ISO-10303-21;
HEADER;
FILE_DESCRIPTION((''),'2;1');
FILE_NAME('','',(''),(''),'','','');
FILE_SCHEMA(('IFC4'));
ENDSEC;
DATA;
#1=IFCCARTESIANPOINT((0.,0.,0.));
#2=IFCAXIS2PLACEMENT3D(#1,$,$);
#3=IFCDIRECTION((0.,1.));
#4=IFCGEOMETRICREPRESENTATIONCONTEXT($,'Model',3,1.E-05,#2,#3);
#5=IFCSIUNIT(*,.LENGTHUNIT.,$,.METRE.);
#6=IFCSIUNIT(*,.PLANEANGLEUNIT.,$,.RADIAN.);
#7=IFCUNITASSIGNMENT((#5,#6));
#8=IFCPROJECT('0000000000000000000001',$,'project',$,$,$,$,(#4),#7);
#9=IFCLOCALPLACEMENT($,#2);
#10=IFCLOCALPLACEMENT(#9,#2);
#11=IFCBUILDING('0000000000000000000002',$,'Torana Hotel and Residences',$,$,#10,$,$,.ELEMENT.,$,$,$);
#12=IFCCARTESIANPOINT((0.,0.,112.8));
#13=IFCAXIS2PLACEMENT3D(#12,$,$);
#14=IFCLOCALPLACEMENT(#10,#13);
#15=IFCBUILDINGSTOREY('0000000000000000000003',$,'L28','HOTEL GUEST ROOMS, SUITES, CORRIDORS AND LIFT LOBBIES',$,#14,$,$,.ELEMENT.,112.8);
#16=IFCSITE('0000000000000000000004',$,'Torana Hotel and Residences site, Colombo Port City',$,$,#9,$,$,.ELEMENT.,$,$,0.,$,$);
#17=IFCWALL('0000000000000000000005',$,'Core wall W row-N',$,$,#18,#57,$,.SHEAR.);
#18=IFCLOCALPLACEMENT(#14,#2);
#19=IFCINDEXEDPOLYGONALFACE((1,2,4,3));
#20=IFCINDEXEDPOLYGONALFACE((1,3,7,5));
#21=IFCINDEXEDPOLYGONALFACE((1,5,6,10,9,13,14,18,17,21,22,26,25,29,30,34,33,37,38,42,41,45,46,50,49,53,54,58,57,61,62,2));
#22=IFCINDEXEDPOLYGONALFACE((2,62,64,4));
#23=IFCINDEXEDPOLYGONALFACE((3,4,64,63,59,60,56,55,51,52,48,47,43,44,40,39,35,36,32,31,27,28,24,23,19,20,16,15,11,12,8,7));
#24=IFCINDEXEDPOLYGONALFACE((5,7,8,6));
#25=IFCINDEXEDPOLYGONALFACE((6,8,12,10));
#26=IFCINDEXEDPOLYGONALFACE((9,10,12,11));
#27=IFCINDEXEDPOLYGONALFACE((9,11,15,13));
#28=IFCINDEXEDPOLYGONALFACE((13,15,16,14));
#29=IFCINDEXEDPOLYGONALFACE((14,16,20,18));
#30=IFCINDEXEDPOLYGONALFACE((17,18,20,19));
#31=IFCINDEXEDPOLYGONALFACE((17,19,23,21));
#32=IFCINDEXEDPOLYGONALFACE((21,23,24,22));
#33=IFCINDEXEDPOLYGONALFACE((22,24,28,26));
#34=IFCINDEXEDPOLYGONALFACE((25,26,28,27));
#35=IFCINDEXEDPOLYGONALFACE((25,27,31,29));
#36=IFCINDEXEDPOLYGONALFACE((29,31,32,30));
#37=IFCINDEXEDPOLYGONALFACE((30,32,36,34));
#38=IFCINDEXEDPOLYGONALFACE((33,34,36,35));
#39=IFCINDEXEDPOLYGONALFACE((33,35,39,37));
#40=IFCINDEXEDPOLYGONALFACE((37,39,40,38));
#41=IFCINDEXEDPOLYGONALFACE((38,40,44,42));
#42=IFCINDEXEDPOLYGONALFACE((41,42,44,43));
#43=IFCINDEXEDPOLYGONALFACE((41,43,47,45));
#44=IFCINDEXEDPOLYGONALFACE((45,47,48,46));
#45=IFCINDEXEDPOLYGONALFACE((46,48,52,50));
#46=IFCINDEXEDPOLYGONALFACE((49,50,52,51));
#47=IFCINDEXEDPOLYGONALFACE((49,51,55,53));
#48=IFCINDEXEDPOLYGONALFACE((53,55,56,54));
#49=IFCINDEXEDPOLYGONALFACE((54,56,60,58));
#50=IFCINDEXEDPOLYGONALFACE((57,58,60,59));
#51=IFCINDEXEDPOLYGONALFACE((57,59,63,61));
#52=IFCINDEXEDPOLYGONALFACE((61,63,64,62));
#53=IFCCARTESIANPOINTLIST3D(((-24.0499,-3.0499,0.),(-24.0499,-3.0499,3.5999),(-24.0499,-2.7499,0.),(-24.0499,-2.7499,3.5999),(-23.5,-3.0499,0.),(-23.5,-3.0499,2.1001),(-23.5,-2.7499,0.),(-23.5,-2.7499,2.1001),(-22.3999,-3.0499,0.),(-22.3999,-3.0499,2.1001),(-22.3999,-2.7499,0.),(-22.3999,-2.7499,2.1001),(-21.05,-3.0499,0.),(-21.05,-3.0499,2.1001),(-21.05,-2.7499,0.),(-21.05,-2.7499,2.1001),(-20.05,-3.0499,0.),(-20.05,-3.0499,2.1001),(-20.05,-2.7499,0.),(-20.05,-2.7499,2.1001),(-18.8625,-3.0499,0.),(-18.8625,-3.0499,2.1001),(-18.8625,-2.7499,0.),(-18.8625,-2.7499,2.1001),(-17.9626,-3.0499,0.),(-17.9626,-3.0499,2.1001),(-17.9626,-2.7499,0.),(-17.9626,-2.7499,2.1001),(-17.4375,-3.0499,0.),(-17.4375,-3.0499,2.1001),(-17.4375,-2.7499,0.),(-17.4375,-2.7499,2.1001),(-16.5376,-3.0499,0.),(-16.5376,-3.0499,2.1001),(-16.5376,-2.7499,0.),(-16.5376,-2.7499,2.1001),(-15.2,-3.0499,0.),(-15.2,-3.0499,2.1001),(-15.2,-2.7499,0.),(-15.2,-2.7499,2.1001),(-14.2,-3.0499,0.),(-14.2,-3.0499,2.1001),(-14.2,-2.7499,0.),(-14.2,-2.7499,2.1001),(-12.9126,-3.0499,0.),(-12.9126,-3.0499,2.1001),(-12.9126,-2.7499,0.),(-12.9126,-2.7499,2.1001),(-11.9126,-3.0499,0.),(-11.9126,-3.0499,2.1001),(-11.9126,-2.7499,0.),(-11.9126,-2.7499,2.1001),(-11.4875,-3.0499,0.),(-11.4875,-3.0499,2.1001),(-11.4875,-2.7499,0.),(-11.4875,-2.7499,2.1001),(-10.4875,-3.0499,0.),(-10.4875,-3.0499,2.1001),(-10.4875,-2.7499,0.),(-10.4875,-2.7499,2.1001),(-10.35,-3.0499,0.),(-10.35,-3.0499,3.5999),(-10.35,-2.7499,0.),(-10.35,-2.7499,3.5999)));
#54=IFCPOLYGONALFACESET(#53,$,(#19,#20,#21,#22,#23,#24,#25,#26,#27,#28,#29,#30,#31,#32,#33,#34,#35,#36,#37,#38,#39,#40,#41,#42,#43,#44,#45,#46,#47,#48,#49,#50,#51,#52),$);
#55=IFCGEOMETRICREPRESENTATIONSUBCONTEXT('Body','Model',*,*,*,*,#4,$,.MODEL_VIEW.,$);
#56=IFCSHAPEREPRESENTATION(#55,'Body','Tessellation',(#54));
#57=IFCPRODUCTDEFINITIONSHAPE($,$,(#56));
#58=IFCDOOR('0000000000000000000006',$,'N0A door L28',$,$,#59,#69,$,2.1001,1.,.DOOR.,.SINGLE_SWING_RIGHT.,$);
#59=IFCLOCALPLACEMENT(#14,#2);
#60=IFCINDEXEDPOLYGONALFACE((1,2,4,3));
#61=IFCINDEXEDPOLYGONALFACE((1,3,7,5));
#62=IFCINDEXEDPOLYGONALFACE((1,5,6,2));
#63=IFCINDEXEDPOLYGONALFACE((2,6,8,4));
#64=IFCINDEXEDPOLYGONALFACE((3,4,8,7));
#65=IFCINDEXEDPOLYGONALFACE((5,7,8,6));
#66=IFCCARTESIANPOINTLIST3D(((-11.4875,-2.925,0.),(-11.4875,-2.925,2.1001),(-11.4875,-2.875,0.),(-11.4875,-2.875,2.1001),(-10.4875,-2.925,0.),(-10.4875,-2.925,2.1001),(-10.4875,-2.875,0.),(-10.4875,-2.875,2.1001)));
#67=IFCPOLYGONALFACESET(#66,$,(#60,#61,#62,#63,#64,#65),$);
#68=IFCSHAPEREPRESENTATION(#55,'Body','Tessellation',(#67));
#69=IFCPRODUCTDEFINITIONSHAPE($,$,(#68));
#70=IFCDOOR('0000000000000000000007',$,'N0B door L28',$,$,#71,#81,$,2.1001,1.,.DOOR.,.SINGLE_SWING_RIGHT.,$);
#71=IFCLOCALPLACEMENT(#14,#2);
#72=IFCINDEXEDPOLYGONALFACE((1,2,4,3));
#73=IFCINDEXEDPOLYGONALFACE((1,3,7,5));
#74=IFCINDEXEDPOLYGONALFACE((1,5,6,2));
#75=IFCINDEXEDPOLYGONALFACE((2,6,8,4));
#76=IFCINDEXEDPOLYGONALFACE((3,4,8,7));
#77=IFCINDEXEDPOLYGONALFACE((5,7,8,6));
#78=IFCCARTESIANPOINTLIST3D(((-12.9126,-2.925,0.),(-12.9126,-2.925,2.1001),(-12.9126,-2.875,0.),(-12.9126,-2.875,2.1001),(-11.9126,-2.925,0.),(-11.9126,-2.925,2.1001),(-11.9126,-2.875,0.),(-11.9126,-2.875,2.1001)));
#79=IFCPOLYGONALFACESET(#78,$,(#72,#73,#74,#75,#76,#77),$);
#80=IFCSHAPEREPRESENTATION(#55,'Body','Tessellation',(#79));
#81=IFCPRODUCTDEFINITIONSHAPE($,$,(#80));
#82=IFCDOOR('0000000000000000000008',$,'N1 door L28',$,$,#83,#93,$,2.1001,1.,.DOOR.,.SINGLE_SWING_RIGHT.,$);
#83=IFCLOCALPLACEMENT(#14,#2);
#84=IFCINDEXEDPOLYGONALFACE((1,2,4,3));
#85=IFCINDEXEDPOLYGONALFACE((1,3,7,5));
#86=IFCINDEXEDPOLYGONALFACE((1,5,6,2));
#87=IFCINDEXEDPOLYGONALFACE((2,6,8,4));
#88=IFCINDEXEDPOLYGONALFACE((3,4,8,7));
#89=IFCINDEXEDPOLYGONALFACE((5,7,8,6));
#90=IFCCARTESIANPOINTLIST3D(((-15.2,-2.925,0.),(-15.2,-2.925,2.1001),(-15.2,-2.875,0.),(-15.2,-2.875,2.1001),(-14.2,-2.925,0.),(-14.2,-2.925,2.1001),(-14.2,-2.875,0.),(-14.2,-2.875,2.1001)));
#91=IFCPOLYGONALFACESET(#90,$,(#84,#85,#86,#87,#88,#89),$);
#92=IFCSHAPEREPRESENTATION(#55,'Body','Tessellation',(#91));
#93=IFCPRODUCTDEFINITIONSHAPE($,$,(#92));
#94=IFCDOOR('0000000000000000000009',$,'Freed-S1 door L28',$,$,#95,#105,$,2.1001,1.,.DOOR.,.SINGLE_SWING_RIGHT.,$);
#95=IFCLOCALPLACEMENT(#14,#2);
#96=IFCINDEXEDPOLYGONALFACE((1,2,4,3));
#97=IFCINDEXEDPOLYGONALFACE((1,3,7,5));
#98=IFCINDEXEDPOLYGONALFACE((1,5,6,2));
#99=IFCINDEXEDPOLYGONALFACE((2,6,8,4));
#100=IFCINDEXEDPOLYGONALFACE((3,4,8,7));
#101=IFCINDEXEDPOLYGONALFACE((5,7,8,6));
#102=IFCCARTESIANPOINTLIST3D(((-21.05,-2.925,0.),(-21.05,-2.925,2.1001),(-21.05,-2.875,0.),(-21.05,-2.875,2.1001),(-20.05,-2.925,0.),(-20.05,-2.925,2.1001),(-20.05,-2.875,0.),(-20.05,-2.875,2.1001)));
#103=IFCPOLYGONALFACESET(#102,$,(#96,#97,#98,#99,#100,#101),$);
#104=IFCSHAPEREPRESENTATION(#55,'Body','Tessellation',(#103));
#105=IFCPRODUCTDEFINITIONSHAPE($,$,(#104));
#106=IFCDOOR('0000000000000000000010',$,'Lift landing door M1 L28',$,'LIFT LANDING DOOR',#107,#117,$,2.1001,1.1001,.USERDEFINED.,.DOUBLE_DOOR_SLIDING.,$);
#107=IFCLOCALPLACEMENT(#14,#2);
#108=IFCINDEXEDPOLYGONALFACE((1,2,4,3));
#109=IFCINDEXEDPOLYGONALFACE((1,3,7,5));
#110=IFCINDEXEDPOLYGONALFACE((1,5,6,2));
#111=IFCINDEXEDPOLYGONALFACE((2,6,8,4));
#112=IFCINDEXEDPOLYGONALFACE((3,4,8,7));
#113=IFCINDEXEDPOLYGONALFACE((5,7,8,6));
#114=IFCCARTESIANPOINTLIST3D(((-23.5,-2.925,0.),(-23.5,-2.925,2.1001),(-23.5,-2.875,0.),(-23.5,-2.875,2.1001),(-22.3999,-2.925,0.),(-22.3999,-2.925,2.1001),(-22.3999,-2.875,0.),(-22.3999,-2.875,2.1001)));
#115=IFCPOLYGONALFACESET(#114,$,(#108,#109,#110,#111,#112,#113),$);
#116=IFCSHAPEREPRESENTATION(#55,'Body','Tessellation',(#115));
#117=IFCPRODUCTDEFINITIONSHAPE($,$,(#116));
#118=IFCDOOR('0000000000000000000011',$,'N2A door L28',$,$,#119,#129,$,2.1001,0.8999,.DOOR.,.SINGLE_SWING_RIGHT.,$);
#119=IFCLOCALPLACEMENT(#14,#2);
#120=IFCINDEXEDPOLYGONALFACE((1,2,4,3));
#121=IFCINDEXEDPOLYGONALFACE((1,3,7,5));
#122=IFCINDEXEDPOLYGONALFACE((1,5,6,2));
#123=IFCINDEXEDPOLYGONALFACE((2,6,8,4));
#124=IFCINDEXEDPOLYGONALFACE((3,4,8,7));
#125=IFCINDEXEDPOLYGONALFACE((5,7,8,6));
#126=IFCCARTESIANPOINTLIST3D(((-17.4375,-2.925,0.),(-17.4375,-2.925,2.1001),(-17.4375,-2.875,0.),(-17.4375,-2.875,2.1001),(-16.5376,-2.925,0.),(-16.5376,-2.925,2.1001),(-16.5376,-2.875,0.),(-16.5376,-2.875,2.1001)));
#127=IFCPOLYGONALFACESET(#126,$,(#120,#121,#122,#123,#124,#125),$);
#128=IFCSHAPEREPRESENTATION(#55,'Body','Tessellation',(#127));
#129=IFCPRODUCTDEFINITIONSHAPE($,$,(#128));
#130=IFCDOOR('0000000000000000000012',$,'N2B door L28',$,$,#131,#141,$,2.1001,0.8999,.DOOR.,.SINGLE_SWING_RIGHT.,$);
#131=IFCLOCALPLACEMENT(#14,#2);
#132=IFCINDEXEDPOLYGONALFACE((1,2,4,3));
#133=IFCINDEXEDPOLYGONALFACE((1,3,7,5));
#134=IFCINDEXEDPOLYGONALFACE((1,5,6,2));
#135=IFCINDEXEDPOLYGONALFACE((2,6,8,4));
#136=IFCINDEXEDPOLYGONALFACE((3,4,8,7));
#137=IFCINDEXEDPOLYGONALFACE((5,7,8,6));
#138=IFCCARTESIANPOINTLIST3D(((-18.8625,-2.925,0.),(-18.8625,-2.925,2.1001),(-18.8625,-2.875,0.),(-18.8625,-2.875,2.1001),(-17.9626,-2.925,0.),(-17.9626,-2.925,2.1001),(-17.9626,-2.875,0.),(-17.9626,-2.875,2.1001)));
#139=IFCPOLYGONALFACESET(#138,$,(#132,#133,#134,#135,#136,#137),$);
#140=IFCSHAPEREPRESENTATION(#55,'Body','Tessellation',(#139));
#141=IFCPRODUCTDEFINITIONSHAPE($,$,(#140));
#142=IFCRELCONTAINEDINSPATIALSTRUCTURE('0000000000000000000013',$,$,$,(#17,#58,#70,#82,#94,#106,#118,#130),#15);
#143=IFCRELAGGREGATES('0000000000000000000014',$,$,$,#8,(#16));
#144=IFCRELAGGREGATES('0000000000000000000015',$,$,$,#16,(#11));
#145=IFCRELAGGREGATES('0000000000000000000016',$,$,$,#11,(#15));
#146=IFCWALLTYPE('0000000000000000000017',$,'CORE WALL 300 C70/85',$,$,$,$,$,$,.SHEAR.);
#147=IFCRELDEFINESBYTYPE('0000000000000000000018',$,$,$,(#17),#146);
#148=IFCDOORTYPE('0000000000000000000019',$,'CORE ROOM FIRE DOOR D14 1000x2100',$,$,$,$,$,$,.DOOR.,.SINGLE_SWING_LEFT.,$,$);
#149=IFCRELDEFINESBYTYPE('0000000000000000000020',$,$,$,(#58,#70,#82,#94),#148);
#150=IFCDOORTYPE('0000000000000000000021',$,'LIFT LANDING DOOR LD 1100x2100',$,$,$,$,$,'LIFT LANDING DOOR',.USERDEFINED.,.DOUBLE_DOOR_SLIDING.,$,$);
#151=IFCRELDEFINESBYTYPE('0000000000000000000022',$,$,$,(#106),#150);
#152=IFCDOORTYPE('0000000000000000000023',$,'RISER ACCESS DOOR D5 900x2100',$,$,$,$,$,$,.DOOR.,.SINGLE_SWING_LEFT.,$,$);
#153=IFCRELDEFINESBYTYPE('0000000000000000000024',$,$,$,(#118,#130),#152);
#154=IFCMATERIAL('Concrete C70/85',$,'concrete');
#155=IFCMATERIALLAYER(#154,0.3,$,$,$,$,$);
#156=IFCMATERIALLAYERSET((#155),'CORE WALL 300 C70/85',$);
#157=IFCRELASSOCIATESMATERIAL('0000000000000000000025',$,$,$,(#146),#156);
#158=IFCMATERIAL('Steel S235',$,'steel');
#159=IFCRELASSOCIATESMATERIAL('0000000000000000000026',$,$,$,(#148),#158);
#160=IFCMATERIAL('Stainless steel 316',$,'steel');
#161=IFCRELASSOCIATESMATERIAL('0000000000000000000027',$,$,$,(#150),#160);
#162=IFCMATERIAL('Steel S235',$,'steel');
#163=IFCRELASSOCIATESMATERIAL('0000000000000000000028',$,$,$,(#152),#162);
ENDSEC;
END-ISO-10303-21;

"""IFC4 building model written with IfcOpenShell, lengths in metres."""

from ifc_helpers import new_model, si_unit, direction, frame, frame_2d, origin, place, context, subcontext, project, spatial, rectangle, extrude, material, layer, layer_set, type_object, element, fill, save


model = new_model("IFC4")

# Units and contexts
model_context = context("Model", 3, precision=1e-05, world=origin(), true_north=direction((0.0, 1.0)))
body_context = subcontext(model_context, "Body", "Model", "MODEL_VIEW")
ifc_project = project(units=[si_unit("LENGTHUNIT", "METRE"), si_unit("PLANEANGLEUNIT", "RADIAN")], contexts=[model_context])

# Site, building, storey
site_placement = place(None, origin())
site = spatial("IfcSite", under=ifc_project, at=site_placement, Name="Torana Hotel and Residences site, Colombo Port City", CompositionType="ELEMENT", RefElevation=0.0)
building_placement = place(site_placement, origin())
building = spatial("IfcBuilding", under=site, at=building_placement, Name="Torana Hotel and Residences", CompositionType="ELEMENT")
storey_placement = place(building_placement, frame((0.0, 0.0, 112.8)))
storey = spatial("IfcBuildingStorey", under=building, at=storey_placement, Name="L28", Description="HOTEL GUEST ROOMS, SUITES, CORRIDORS AND LIFT LOBBIES", CompositionType="ELEMENT", Elevation=112.8)

# Wall, openings, doors
ifc_material_1 = material(Name="Concrete C70/85", Category="concrete")
ifc_layer_1 = layer(ifc_material_1, 0.3)
ifc_layer_set_1 = layer_set([ifc_layer_1], Name="CORE WALL 300 C70/85")
wall_type_1 = type_object("IfcWallType", Name="CORE WALL 300 C70/85", PredefinedType="SHEAR", material=ifc_layer_set_1)
wall_1_placement = place(storey_placement, frame((-24.05, -2.8999, 0.0), z_axis=(0.0, 0.0, 1.0), x_axis=(1.0, 0.0, 0.0)))
wall_1 = element("IfcWall", 1, at=wall_1_placement, inside=storey, type_object=wall_type_1, Name="Core wall W row-N", PredefinedType="SHEAR", context=body_context, shape_type="SweptSolid", body=[
    extrude(rectangle(XDim=13.7, YDim=0.3, at=frame_2d((6.8501, 0.0))), origin(), (0.0, 0.0, 1.0), 3.5999),
])
opening_1_placement = place(wall_1_placement, frame((0.55, 0.0, 0.0)))
opening_1 = element("IfcOpeningElement", 2, at=opening_1_placement, cuts=wall_1, PredefinedType="OPENING", context=body_context, shape_type="SweptSolid", body=[
    extrude(rectangle(XDim=1.1001, YDim=2.1001, at=frame_2d((0.55, 1.05))), frame((0.0, 0.1599, 0.0), z_axis=(0.0, -1.0, 0.0), x_axis=(1.0, 0.0, 0.0)), (0.0, 0.0, 1.0), 0.3201),
])
opening_2_placement = place(wall_1_placement, frame((6.6125, 0.0, 0.0)))
opening_2 = element("IfcOpeningElement", 3, at=opening_2_placement, cuts=wall_1, PredefinedType="OPENING", context=body_context, shape_type="SweptSolid", body=[
    extrude(rectangle(XDim=0.8999, YDim=2.1001, at=frame_2d((0.45, 1.05))), frame((0.0, 0.1599, 0.0), z_axis=(0.0, -1.0, 0.0), x_axis=(1.0, 0.0, 0.0)), (0.0, 0.0, 1.0), 0.3201),
])
opening_3_placement = place(wall_1_placement, frame((5.1875, 0.0, 0.0)))
opening_3 = element("IfcOpeningElement", 4, at=opening_3_placement, cuts=wall_1, PredefinedType="OPENING", context=body_context, shape_type="SweptSolid", body=[
    extrude(rectangle(XDim=0.8999, YDim=2.1001, at=frame_2d((0.45, 1.05))), frame((0.0, 0.1599, 0.0), z_axis=(0.0, -1.0, 0.0), x_axis=(1.0, 0.0, 0.0)), (0.0, 0.0, 1.0), 0.3201),
])
opening_4_placement = place(wall_1_placement, frame((12.5625, 0.0, 0.0)))
opening_4 = element("IfcOpeningElement", 5, at=opening_4_placement, cuts=wall_1, PredefinedType="OPENING", context=body_context, shape_type="SweptSolid", body=[
    extrude(rectangle(XDim=1.0, YDim=2.1001, at=frame_2d((0.5, 1.05))), frame((0.0, 0.1599, 0.0), z_axis=(0.0, -1.0, 0.0), x_axis=(1.0, 0.0, 0.0)), (0.0, 0.0, 1.0), 0.3201),
])
opening_5_placement = place(wall_1_placement, frame((11.1375, 0.0, 0.0)))
opening_5 = element("IfcOpeningElement", 6, at=opening_5_placement, cuts=wall_1, PredefinedType="OPENING", context=body_context, shape_type="SweptSolid", body=[
    extrude(rectangle(XDim=1.0, YDim=2.1001, at=frame_2d((0.5, 1.05))), frame((0.0, 0.1599, 0.0), z_axis=(0.0, -1.0, 0.0), x_axis=(1.0, 0.0, 0.0)), (0.0, 0.0, 1.0), 0.3201),
])
opening_6_placement = place(wall_1_placement, frame((8.8501, 0.0, 0.0)))
opening_6 = element("IfcOpeningElement", 7, at=opening_6_placement, cuts=wall_1, PredefinedType="OPENING", context=body_context, shape_type="SweptSolid", body=[
    extrude(rectangle(XDim=1.0, YDim=2.1001, at=frame_2d((0.5, 1.05))), frame((0.0, 0.1599, 0.0), z_axis=(0.0, -1.0, 0.0), x_axis=(1.0, 0.0, 0.0)), (0.0, 0.0, 1.0), 0.3201),
])
opening_7_placement = place(wall_1_placement, frame((3.0, 0.0, 0.0)))
opening_7 = element("IfcOpeningElement", 8, at=opening_7_placement, cuts=wall_1, PredefinedType="OPENING", context=body_context, shape_type="SweptSolid", body=[
    extrude(rectangle(XDim=1.0, YDim=2.1001, at=frame_2d((0.5, 1.05))), frame((0.0, 0.1599, 0.0), z_axis=(0.0, -1.0, 0.0), x_axis=(1.0, 0.0, 0.0)), (0.0, 0.0, 1.0), 0.3201),
])
ifc_material_2 = material(Name="Steel S235", Category="steel")
door_type_1 = type_object("IfcDoorType", Name="CORE ROOM FIRE DOOR D14 1000x2100", OperationType="SINGLE_SWING_LEFT", PredefinedType="DOOR", material=ifc_material_2)
door_1_placement = place(opening_4_placement, origin())
door_1 = element("IfcDoor", 9, at=door_1_placement, inside=storey, type_object=door_type_1, Name="N0A door L28", OperationType="SINGLE_SWING_RIGHT", OverallHeight=2.1001, OverallWidth=1.0, PredefinedType="DOOR", context=body_context, shape_type="SweptSolid", body=[
    extrude(rectangle(XDim=1.0, YDim=2.1001, at=frame_2d((0.5, 1.05))), frame((0.0, 0.0249, 0.0), z_axis=(0.0, -1.0, 0.0), x_axis=(1.0, 0.0, 0.0)), (0.0, 0.0, 1.0), 0.05),
])
fill(opening_4, door_1)
door_2_placement = place(opening_5_placement, origin())
door_2 = element("IfcDoor", 10, at=door_2_placement, inside=storey, type_object=door_type_1, Name="N0B door L28", OperationType="SINGLE_SWING_RIGHT", OverallHeight=2.1001, OverallWidth=1.0, PredefinedType="DOOR", context=body_context, shape_type="SweptSolid", body=[
    extrude(rectangle(XDim=1.0, YDim=2.1001, at=frame_2d((0.5, 1.05))), frame((0.0, 0.0249, 0.0), z_axis=(0.0, -1.0, 0.0), x_axis=(1.0, 0.0, 0.0)), (0.0, 0.0, 1.0), 0.05),
])
fill(opening_5, door_2)
door_3_placement = place(opening_6_placement, origin())
door_3 = element("IfcDoor", 11, at=door_3_placement, inside=storey, type_object=door_type_1, Name="N1 door L28", OperationType="SINGLE_SWING_RIGHT", OverallHeight=2.1001, OverallWidth=1.0, PredefinedType="DOOR", context=body_context, shape_type="SweptSolid", body=[
    extrude(rectangle(XDim=1.0, YDim=2.1001, at=frame_2d((0.5, 1.05))), frame((0.0, 0.0249, 0.0), z_axis=(0.0, -1.0, 0.0), x_axis=(1.0, 0.0, 0.0)), (0.0, 0.0, 1.0), 0.05),
])
fill(opening_6, door_3)
door_4_placement = place(opening_7_placement, origin())
door_4 = element("IfcDoor", 12, at=door_4_placement, inside=storey, type_object=door_type_1, Name="Freed-S1 door L28", OperationType="SINGLE_SWING_RIGHT", OverallHeight=2.1001, OverallWidth=1.0, PredefinedType="DOOR", context=body_context, shape_type="SweptSolid", body=[
    extrude(rectangle(XDim=1.0, YDim=2.1001, at=frame_2d((0.5, 1.05))), frame((0.0, 0.0249, 0.0), z_axis=(0.0, -1.0, 0.0), x_axis=(1.0, 0.0, 0.0)), (0.0, 0.0, 1.0), 0.05),
])
fill(opening_7, door_4)
ifc_material_3 = material(Name="Stainless steel 316", Category="steel")
door_type_2 = type_object("IfcDoorType", Name="LIFT LANDING DOOR LD 1100x2100", ElementType="LIFT LANDING DOOR", OperationType="DOUBLE_DOOR_SLIDING", PredefinedType="USERDEFINED", material=ifc_material_3)
door_5_placement = place(opening_1_placement, origin())
door_5 = element("IfcDoor", 13, at=door_5_placement, inside=storey, type_object=door_type_2, Name="Lift landing door M1 L28", ObjectType="LIFT LANDING DOOR", OperationType="DOUBLE_DOOR_SLIDING", OverallHeight=2.1001, OverallWidth=1.1001, PredefinedType="USERDEFINED", context=body_context, shape_type="SweptSolid", body=[
    extrude(rectangle(XDim=1.1001, YDim=2.1001, at=frame_2d((0.55, 1.05))), frame((0.0, 0.0249, 0.0), z_axis=(0.0, -1.0, 0.0), x_axis=(1.0, 0.0, 0.0)), (0.0, 0.0, 1.0), 0.05),
])
fill(opening_1, door_5)
ifc_material_4 = material(Name="Steel S235", Category="steel")
door_type_3 = type_object("IfcDoorType", Name="RISER ACCESS DOOR D5 900x2100", OperationType="SINGLE_SWING_LEFT", PredefinedType="DOOR", material=ifc_material_4)
door_6_placement = place(opening_2_placement, origin())
door_6 = element("IfcDoor", 14, at=door_6_placement, inside=storey, type_object=door_type_3, Name="N2A door L28", OperationType="SINGLE_SWING_RIGHT", OverallHeight=2.1001, OverallWidth=0.8999, PredefinedType="DOOR", context=body_context, shape_type="SweptSolid", body=[
    extrude(rectangle(XDim=0.8999, YDim=2.1001, at=frame_2d((0.45, 1.05))), frame((0.0, 0.0249, 0.0), z_axis=(0.0, -1.0, 0.0), x_axis=(1.0, 0.0, 0.0)), (0.0, 0.0, 1.0), 0.05),
])
fill(opening_2, door_6)
door_7_placement = place(opening_3_placement, origin())
door_7 = element("IfcDoor", 15, at=door_7_placement, inside=storey, type_object=door_type_3, Name="N2B door L28", OperationType="SINGLE_SWING_RIGHT", OverallHeight=2.1001, OverallWidth=0.8999, PredefinedType="DOOR", context=body_context, shape_type="SweptSolid", body=[
    extrude(rectangle(XDim=0.8999, YDim=2.1001, at=frame_2d((0.45, 1.05))), frame((0.0, 0.0249, 0.0), z_axis=(0.0, -1.0, 0.0), x_axis=(1.0, 0.0, 0.0)), (0.0, 0.0, 1.0), 0.05),
])
fill(opening_3, door_7)

save(model, "model.ifc")
